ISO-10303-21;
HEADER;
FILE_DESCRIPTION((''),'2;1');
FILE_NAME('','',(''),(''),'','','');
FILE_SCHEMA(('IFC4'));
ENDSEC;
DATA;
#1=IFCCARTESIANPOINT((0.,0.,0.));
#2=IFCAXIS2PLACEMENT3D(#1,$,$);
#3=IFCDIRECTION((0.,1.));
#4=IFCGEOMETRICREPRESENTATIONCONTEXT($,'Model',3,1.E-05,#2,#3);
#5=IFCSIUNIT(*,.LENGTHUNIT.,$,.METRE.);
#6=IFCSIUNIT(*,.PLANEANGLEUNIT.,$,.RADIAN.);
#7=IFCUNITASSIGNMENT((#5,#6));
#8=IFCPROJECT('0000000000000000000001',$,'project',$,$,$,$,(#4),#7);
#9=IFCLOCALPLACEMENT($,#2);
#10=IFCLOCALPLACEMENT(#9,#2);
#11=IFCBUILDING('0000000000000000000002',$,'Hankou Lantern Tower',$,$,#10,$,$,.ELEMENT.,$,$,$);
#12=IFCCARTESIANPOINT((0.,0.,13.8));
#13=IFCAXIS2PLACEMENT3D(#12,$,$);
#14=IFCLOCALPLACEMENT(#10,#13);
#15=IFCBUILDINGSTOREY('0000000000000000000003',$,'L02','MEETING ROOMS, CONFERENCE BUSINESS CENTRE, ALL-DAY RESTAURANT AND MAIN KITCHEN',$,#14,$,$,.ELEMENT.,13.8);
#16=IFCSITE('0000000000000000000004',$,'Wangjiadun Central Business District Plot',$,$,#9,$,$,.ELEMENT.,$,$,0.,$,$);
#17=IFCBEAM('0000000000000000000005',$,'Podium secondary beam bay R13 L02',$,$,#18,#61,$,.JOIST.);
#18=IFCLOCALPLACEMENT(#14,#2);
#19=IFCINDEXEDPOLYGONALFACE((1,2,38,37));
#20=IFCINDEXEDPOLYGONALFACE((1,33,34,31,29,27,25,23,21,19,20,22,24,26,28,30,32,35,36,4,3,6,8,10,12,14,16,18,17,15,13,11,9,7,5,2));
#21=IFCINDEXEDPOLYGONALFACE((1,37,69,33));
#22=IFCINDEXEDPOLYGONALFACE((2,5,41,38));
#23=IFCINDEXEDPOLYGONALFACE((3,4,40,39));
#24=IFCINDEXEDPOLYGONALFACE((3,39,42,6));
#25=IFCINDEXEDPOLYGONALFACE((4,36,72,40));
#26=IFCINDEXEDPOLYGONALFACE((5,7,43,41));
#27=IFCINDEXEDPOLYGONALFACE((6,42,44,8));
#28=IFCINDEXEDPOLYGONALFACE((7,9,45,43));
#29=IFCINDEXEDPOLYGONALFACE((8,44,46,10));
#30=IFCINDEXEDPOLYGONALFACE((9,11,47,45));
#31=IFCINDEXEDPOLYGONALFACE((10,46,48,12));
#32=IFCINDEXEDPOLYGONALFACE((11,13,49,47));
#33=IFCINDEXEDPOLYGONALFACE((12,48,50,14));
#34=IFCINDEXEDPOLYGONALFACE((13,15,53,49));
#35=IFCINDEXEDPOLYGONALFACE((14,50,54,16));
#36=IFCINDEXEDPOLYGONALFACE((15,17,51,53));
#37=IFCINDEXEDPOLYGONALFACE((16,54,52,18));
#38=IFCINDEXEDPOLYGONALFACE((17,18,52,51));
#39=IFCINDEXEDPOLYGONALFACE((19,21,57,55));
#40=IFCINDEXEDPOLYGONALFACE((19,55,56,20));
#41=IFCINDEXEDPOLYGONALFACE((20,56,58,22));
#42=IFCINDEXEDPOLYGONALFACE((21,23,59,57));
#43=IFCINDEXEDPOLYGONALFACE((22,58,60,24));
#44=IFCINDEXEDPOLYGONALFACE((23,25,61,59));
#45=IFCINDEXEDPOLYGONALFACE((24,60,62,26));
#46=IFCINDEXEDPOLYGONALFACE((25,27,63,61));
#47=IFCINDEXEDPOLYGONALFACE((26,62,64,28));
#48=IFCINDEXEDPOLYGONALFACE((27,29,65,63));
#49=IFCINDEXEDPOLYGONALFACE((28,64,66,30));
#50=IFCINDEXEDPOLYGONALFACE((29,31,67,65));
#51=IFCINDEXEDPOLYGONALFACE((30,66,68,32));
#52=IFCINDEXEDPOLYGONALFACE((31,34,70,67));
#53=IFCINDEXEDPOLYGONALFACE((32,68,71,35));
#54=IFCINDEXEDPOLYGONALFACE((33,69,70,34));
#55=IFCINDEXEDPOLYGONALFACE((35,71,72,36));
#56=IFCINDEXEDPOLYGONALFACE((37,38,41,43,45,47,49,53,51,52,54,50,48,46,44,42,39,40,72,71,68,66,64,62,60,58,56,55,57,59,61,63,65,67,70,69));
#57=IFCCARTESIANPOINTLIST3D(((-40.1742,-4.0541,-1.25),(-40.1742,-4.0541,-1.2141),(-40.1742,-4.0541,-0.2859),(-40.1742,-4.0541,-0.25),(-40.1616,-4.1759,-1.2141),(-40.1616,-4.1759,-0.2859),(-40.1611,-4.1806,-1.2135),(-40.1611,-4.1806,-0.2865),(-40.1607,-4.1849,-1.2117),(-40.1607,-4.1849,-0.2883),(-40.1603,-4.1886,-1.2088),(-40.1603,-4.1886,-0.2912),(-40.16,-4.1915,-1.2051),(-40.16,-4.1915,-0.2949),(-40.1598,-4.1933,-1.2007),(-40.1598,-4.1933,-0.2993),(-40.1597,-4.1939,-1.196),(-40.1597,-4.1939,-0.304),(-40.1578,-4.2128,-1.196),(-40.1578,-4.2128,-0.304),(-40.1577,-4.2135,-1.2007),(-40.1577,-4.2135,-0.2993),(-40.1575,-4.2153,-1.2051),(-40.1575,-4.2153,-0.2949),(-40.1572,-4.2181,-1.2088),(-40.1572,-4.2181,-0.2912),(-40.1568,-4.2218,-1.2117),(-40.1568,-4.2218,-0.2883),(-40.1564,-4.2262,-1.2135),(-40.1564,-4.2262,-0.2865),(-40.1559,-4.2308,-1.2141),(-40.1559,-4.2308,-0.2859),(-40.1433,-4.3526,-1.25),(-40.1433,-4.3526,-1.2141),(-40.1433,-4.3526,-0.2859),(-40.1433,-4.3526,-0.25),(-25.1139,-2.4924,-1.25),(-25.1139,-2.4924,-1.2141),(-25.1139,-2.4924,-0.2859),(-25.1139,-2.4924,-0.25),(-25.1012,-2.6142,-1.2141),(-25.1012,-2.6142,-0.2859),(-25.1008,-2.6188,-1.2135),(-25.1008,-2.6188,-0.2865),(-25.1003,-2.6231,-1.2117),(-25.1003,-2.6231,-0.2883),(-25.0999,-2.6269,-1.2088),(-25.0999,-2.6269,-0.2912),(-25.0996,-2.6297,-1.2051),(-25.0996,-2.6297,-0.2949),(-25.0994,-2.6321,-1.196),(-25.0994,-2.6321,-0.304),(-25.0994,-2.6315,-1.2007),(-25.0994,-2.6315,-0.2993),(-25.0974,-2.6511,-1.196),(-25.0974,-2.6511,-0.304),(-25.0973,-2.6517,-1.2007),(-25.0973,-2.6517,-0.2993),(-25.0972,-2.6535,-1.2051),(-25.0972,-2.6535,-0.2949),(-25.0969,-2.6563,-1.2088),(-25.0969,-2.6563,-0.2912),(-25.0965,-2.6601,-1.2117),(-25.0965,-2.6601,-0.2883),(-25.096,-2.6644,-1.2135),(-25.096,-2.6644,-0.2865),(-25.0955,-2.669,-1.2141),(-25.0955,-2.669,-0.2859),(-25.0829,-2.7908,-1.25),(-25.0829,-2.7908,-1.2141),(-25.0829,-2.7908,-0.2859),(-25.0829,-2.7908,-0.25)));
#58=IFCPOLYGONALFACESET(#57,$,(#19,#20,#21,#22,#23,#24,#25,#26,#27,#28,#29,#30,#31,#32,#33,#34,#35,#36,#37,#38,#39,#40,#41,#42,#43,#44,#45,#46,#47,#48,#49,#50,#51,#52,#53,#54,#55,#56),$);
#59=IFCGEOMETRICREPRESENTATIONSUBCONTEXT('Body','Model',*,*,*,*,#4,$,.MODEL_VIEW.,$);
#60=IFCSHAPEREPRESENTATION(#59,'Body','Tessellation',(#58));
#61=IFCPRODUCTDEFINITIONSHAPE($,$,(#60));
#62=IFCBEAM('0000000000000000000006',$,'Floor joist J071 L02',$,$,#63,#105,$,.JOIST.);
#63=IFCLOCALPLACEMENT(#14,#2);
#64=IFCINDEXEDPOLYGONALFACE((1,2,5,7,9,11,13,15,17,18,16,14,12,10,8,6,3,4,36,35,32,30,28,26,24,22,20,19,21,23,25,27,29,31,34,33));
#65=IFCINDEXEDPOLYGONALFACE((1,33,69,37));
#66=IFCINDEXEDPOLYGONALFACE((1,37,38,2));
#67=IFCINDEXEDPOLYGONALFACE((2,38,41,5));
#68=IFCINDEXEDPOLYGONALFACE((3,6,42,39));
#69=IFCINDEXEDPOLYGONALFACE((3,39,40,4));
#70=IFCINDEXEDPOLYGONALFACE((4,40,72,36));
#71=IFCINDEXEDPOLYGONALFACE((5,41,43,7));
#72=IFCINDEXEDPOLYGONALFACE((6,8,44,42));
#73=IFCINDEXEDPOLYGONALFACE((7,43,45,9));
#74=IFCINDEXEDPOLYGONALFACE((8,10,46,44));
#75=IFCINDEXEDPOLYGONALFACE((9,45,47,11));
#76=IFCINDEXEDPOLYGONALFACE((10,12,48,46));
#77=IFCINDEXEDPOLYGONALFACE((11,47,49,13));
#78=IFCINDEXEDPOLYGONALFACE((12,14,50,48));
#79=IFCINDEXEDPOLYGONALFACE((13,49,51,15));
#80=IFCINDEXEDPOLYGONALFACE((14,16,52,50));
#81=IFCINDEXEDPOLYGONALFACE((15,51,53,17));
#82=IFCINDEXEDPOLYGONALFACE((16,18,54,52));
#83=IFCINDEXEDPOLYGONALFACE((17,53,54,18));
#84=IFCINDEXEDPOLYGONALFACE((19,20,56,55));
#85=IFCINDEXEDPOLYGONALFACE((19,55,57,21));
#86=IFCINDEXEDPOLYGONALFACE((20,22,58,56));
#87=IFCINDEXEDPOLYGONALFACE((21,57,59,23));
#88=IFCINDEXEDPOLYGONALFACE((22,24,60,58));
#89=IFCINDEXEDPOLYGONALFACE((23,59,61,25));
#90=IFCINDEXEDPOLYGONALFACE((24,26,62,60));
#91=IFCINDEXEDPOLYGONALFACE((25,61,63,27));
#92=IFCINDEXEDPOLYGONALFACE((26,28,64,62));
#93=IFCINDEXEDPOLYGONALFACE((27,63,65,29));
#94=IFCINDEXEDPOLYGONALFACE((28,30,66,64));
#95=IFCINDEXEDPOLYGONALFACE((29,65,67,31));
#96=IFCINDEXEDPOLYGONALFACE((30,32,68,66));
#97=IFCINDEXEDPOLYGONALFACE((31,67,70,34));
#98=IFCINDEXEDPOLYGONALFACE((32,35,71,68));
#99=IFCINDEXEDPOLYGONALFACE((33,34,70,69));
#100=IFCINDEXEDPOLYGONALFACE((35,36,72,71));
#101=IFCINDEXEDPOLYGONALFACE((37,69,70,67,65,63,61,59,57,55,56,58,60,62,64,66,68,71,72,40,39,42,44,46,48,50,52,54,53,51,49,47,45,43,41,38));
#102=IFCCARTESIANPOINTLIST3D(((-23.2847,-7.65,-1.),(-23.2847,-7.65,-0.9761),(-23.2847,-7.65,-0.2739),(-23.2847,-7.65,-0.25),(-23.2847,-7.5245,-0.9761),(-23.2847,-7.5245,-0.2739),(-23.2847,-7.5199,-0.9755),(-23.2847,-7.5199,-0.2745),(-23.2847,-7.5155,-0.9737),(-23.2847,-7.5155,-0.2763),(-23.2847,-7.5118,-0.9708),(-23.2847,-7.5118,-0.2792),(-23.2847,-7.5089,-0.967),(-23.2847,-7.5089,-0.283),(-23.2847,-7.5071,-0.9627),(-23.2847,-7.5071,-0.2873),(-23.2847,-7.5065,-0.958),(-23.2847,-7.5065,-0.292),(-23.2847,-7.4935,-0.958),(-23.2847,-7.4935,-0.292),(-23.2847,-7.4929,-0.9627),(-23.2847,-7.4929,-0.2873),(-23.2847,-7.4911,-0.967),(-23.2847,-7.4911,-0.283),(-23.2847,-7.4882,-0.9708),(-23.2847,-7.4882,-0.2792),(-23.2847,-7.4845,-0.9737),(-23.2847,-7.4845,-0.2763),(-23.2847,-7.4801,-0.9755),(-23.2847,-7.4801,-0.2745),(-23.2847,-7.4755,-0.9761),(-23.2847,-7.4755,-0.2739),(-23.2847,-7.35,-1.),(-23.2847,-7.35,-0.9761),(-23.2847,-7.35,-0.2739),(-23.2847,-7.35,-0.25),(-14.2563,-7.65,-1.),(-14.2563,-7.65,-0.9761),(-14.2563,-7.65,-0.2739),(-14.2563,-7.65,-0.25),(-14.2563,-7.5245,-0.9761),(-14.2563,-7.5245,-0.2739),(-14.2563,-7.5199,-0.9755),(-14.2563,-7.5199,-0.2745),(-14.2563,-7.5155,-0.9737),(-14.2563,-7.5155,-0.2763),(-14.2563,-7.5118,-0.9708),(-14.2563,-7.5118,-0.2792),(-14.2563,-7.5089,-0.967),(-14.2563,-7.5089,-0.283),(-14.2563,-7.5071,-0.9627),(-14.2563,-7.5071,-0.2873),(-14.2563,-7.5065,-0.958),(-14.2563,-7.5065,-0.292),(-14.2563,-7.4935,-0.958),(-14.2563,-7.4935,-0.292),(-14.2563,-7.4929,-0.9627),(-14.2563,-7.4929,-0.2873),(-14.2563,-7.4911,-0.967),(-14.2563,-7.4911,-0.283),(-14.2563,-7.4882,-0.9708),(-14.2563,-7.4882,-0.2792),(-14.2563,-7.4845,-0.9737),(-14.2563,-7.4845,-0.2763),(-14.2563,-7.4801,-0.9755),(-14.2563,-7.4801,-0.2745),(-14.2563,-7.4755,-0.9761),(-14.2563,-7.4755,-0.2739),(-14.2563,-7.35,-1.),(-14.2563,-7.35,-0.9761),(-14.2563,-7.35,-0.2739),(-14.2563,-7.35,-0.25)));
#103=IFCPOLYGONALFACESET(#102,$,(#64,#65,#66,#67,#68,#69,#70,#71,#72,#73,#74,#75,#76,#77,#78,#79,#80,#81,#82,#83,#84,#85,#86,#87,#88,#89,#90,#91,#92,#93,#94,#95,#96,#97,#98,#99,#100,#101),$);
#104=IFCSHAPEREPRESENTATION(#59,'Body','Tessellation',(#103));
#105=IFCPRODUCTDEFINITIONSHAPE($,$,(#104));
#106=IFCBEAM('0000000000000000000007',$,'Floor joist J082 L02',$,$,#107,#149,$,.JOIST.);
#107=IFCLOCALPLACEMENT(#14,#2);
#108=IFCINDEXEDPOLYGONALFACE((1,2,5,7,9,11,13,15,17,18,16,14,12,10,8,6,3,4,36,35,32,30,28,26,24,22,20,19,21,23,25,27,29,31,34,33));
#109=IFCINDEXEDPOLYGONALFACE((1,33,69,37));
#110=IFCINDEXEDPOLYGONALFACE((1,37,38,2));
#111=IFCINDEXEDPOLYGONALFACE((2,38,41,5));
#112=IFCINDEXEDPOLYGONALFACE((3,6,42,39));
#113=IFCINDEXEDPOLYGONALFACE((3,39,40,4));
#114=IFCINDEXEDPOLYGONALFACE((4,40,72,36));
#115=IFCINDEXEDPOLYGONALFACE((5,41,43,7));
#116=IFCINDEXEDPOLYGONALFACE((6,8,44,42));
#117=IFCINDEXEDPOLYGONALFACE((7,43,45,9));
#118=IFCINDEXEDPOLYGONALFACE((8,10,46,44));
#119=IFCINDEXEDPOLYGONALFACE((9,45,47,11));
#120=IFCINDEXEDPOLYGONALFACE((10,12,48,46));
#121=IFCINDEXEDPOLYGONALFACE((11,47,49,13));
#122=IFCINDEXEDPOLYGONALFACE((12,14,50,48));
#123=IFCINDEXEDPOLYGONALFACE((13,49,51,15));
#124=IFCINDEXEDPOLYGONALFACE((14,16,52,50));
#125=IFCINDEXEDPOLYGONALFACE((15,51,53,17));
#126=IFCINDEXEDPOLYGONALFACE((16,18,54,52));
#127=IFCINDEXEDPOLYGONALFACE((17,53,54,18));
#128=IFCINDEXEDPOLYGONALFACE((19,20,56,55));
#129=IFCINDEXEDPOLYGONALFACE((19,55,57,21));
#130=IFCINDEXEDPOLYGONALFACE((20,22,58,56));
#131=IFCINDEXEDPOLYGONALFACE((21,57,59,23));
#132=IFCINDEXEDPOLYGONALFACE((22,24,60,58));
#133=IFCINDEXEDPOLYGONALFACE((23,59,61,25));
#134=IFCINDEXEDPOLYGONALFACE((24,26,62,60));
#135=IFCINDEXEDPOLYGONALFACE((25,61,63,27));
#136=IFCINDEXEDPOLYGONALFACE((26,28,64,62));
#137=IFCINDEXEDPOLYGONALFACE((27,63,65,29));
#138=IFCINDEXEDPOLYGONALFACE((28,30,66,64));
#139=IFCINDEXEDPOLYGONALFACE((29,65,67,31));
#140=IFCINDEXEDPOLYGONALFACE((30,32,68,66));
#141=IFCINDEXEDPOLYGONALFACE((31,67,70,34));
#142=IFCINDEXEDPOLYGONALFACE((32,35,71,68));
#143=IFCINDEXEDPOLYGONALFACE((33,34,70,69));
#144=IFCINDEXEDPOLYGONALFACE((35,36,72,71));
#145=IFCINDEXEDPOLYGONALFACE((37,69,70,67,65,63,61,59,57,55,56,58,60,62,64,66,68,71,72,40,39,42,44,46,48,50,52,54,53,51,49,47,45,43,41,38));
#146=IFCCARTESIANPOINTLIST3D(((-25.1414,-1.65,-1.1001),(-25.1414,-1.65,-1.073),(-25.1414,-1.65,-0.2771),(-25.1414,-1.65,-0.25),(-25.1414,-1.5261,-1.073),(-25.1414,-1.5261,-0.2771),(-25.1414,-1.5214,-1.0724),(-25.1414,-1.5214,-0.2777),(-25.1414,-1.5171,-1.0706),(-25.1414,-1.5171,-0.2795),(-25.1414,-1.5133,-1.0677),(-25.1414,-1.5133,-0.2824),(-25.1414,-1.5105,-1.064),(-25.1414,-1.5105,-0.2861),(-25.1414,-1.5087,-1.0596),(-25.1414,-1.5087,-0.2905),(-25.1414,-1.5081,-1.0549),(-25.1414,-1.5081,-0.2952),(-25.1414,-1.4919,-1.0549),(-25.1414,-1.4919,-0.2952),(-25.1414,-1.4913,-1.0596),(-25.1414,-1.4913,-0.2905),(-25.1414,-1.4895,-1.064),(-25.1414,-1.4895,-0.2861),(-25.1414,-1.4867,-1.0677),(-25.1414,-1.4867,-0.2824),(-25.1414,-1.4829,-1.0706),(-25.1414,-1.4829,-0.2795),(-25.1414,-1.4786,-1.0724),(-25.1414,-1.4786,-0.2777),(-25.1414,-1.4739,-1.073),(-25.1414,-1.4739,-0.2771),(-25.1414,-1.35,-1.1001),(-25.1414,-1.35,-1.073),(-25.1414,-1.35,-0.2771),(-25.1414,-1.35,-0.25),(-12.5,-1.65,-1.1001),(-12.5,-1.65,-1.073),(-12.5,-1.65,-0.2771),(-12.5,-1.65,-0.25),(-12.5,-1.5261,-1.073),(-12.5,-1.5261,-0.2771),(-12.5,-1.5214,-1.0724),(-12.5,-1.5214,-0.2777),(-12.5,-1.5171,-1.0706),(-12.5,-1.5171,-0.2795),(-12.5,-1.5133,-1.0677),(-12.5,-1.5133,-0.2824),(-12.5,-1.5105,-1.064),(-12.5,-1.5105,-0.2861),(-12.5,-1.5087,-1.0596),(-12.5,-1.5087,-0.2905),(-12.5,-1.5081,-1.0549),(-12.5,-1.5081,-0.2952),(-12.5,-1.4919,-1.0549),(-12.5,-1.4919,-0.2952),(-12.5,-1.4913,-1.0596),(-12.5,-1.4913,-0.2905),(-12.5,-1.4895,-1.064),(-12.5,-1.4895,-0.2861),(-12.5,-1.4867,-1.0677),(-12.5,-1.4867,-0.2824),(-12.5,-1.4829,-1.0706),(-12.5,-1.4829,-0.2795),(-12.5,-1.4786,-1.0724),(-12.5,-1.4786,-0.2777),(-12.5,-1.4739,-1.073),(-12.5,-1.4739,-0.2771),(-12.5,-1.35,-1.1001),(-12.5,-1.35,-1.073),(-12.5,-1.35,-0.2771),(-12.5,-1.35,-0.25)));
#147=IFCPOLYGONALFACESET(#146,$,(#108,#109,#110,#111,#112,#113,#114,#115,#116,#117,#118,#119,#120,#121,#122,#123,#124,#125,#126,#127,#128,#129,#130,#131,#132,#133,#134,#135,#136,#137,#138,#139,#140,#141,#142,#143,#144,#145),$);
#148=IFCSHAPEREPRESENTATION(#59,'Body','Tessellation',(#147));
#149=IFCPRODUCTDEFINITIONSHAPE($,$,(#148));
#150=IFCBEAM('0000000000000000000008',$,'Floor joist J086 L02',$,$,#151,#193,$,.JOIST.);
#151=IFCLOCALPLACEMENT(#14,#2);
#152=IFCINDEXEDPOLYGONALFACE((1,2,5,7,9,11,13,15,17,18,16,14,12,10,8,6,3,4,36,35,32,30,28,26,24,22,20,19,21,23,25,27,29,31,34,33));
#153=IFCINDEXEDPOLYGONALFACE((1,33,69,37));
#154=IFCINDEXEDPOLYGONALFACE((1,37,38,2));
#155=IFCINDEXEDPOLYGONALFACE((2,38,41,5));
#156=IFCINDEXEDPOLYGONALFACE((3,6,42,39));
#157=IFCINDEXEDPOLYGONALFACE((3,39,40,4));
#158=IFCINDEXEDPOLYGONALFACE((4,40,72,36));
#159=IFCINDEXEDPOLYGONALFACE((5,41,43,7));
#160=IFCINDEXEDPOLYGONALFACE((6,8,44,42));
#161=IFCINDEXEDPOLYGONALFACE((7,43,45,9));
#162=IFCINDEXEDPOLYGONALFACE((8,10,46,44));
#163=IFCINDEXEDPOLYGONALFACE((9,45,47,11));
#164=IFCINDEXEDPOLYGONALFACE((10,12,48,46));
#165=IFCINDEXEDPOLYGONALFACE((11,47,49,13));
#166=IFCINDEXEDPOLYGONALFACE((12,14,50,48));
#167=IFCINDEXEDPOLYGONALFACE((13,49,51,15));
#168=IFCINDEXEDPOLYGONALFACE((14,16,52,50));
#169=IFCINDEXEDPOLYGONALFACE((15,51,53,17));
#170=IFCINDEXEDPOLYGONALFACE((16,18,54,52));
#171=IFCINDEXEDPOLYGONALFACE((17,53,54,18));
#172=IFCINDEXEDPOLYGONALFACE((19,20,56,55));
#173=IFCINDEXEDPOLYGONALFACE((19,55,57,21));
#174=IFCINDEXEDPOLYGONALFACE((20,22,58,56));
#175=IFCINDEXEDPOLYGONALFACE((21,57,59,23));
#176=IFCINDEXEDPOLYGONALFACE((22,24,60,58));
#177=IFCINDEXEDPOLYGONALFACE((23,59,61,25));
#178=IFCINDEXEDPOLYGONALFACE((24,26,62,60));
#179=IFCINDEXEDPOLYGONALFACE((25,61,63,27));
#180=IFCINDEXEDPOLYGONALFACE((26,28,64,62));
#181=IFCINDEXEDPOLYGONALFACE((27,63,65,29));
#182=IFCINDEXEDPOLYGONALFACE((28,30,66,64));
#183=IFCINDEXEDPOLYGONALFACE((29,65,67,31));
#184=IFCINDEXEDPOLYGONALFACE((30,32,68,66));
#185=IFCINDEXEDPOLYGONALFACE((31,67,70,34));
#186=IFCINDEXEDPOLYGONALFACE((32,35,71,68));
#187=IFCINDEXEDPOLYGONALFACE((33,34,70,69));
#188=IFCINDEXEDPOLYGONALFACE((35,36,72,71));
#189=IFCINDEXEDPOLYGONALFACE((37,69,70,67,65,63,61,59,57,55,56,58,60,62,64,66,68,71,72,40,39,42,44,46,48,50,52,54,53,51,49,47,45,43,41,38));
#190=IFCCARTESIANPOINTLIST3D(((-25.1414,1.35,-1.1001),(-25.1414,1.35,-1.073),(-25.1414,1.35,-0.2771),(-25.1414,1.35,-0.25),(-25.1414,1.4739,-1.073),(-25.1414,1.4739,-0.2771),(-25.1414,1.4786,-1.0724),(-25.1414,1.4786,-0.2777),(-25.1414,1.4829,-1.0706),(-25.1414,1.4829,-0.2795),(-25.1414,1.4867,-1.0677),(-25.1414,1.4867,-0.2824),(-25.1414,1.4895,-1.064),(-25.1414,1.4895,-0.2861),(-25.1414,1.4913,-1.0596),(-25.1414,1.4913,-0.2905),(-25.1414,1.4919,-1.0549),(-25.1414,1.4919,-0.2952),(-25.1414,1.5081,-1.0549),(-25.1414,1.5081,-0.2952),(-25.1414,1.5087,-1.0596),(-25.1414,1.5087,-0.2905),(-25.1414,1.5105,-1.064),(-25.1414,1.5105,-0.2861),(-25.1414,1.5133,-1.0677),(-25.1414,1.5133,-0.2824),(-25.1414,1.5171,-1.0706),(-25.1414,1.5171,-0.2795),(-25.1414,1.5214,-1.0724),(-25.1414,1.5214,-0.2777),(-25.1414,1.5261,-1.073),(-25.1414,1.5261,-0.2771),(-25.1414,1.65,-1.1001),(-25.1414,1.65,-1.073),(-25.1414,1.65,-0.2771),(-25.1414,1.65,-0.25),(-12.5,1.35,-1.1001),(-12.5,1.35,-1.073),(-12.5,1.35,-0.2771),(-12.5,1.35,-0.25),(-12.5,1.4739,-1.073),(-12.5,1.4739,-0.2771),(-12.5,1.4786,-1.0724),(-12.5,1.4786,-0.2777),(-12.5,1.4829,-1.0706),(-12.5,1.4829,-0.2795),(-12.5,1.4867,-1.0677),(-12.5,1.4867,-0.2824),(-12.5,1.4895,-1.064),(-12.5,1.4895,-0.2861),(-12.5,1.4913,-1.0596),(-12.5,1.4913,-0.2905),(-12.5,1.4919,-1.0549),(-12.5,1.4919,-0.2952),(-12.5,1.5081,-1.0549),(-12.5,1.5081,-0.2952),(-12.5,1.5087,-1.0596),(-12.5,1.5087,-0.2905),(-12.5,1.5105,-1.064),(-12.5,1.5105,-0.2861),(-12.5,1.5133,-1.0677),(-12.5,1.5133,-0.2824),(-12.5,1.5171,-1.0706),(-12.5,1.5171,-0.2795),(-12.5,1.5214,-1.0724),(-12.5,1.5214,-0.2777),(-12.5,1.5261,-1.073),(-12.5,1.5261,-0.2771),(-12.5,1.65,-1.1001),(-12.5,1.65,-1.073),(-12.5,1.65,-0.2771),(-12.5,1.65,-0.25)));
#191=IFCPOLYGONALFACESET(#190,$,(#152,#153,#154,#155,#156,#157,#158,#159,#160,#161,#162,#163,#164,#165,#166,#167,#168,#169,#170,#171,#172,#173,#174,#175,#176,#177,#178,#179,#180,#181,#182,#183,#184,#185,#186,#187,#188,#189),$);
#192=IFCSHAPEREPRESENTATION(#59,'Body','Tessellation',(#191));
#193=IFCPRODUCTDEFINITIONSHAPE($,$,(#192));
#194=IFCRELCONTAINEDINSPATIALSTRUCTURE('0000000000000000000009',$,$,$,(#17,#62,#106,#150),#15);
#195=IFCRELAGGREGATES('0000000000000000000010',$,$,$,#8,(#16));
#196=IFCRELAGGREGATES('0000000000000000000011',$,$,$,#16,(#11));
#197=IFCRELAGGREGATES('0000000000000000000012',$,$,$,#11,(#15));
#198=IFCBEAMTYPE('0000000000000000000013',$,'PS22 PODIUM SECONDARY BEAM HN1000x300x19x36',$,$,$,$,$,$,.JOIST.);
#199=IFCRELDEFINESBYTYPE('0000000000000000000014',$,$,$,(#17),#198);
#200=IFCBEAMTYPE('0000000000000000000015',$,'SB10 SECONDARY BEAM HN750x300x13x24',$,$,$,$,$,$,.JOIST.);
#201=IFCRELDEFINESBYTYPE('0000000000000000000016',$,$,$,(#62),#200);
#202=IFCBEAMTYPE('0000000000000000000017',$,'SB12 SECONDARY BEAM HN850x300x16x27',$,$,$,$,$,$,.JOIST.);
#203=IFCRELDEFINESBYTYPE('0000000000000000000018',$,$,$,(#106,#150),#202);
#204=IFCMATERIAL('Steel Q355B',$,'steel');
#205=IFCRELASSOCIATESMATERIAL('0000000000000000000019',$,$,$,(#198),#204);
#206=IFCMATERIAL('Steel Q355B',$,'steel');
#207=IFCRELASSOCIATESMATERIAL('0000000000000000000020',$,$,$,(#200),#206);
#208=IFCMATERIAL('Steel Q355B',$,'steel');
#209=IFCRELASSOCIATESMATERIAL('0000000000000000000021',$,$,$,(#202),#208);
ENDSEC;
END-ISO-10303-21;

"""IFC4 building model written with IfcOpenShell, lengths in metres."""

from ifc_helpers import new_model, si_unit, direction, frame, origin, origin_2d, place, context, subcontext, project, spatial, i_section, extrude, material, material_profile, profile_set, type_object, element, save


model = new_model("IFC4")

# Units and contexts
model_context = context("Model", 3, precision=1e-05, world=origin(), true_north=direction((0.0, 1.0)))
body_context = subcontext(model_context, "Body", "Model", "MODEL_VIEW")
ifc_project = project(units=[si_unit("LENGTHUNIT", "METRE"), si_unit("PLANEANGLEUNIT", "RADIAN")], contexts=[model_context])

# Site, building, storey
site_placement = place(None, origin())
site = spatial("IfcSite", under=ifc_project, at=site_placement, Name="Wangjiadun Central Business District Plot", CompositionType="ELEMENT", RefElevation=0.0)
building_placement = place(site_placement, origin())
building = spatial("IfcBuilding", under=site, at=building_placement, Name="Hankou Lantern Tower", CompositionType="ELEMENT")
storey_placement = place(building_placement, frame((0.0, 0.0, 13.8)))
storey = spatial("IfcBuildingStorey", under=building, at=storey_placement, Name="L02", Description="MEETING ROOMS, CONFERENCE BUSINESS CENTRE, ALL-DAY RESTAURANT AND MAIN KITCHEN", CompositionType="ELEMENT", Elevation=13.8)

# Beams
ifc_material_1 = material(Name="Steel Q355B", Category="steel")
ifc_material_profile_1 = material_profile(ifc_material_1, i_section(OverallWidth=0.3, OverallDepth=1.0, WebThickness=0.019, FlangeThickness=0.0359, FilletRadius=0.0181, at=origin_2d()), Name="HN1000x300x19x36")
ifc_profile_set_1 = profile_set([ifc_material_profile_1], Name="Steel Q355B")
beam_type_1 = type_object("IfcBeamType", Name="PS22 PODIUM SECONDARY BEAM HN1000x300x19x36", PredefinedType="JOIST", material=ifc_profile_set_1)
for number, where, z_axis, x_axis, name in (
    (1, (-25.0984, -2.6416, -0.75), (-0.994666, -0.103148, 0.0), (0.103148, -0.994666, 0.0), "Podium secondary beam bay R13 L02"),
):
    element("IfcBeam", number, at=place(storey_placement, frame(where, z_axis=z_axis, x_axis=x_axis)), inside=storey, type_object=beam_type_1, Name=name, PredefinedType="JOIST", context=body_context, shape_type="SweptSolid", body=[
        extrude(i_section(OverallWidth=0.3, OverallDepth=1.0, WebThickness=0.019, FlangeThickness=0.0359, FilletRadius=0.0181, at=origin_2d()), origin(), (0.0, 0.0, 1.0), 15.1411),
    ])
ifc_material_2 = material(Name="Steel Q355B", Category="steel")
ifc_material_profile_2 = material_profile(ifc_material_2, i_section(OverallWidth=0.3, OverallDepth=0.75, WebThickness=0.0129, FlangeThickness=0.0239, FilletRadius=0.0181, at=origin_2d()), Name="HN750x300x13x24")
ifc_profile_set_2 = profile_set([ifc_material_profile_2], Name="Steel Q355B")
beam_type_2 = type_object("IfcBeamType", Name="SB10 SECONDARY BEAM HN750x300x13x24", PredefinedType="JOIST", material=ifc_profile_set_2)
beam_1_placement = place(storey_placement, frame((-23.2847, -7.5, -0.625), z_axis=(1.0, 0.0, 0.0), x_axis=(0.0, 1.0, 0.0)))
element("IfcBeam", 2, at=beam_1_placement, inside=storey, type_object=beam_type_2, Name="Floor joist J071 L02", PredefinedType="JOIST", context=body_context, shape_type="SweptSolid", body=[
    extrude(i_section(OverallWidth=0.3, OverallDepth=0.75, WebThickness=0.0129, FlangeThickness=0.0239, FilletRadius=0.0181, at=origin_2d()), origin(), (0.0, 0.0, 1.0), 9.0283),
])
ifc_material_3 = material(Name="Steel Q355B", Category="steel")
ifc_material_profile_3 = material_profile(ifc_material_3, i_section(OverallWidth=0.3, OverallDepth=0.8501, WebThickness=0.0161, FlangeThickness=0.0271, FilletRadius=0.0181, at=origin_2d()), Name="HN850x300x16x27")
ifc_profile_set_3 = profile_set([ifc_material_profile_3], Name="Steel Q355B")
beam_type_3 = type_object("IfcBeamType", Name="SB12 SECONDARY BEAM HN850x300x16x27", PredefinedType="JOIST", material=ifc_profile_set_3)
for number, where, z_axis, x_axis, name in (
    (3, (-25.1414, -1.5, -0.675), (1.0, 0.0, 0.0), (0.0, 1.0, 0.0), "Floor joist J082 L02"),
    (4, (-25.1414, 1.5, -0.675), (1.0, 0.0, 0.0), (0.0, 1.0, 0.0), "Floor joist J086 L02"),
):
    element("IfcBeam", number, at=place(storey_placement, frame(where, z_axis=z_axis, x_axis=x_axis)), inside=storey, type_object=beam_type_3, Name=name, PredefinedType="JOIST", context=body_context, shape_type="SweptSolid", body=[
        extrude(i_section(OverallWidth=0.3, OverallDepth=0.8501, WebThickness=0.0161, FlangeThickness=0.0271, FilletRadius=0.0181, at=origin_2d()), origin(), (0.0, 0.0, 1.0), 12.6414),
    ])

save(model, "model.ifc")
